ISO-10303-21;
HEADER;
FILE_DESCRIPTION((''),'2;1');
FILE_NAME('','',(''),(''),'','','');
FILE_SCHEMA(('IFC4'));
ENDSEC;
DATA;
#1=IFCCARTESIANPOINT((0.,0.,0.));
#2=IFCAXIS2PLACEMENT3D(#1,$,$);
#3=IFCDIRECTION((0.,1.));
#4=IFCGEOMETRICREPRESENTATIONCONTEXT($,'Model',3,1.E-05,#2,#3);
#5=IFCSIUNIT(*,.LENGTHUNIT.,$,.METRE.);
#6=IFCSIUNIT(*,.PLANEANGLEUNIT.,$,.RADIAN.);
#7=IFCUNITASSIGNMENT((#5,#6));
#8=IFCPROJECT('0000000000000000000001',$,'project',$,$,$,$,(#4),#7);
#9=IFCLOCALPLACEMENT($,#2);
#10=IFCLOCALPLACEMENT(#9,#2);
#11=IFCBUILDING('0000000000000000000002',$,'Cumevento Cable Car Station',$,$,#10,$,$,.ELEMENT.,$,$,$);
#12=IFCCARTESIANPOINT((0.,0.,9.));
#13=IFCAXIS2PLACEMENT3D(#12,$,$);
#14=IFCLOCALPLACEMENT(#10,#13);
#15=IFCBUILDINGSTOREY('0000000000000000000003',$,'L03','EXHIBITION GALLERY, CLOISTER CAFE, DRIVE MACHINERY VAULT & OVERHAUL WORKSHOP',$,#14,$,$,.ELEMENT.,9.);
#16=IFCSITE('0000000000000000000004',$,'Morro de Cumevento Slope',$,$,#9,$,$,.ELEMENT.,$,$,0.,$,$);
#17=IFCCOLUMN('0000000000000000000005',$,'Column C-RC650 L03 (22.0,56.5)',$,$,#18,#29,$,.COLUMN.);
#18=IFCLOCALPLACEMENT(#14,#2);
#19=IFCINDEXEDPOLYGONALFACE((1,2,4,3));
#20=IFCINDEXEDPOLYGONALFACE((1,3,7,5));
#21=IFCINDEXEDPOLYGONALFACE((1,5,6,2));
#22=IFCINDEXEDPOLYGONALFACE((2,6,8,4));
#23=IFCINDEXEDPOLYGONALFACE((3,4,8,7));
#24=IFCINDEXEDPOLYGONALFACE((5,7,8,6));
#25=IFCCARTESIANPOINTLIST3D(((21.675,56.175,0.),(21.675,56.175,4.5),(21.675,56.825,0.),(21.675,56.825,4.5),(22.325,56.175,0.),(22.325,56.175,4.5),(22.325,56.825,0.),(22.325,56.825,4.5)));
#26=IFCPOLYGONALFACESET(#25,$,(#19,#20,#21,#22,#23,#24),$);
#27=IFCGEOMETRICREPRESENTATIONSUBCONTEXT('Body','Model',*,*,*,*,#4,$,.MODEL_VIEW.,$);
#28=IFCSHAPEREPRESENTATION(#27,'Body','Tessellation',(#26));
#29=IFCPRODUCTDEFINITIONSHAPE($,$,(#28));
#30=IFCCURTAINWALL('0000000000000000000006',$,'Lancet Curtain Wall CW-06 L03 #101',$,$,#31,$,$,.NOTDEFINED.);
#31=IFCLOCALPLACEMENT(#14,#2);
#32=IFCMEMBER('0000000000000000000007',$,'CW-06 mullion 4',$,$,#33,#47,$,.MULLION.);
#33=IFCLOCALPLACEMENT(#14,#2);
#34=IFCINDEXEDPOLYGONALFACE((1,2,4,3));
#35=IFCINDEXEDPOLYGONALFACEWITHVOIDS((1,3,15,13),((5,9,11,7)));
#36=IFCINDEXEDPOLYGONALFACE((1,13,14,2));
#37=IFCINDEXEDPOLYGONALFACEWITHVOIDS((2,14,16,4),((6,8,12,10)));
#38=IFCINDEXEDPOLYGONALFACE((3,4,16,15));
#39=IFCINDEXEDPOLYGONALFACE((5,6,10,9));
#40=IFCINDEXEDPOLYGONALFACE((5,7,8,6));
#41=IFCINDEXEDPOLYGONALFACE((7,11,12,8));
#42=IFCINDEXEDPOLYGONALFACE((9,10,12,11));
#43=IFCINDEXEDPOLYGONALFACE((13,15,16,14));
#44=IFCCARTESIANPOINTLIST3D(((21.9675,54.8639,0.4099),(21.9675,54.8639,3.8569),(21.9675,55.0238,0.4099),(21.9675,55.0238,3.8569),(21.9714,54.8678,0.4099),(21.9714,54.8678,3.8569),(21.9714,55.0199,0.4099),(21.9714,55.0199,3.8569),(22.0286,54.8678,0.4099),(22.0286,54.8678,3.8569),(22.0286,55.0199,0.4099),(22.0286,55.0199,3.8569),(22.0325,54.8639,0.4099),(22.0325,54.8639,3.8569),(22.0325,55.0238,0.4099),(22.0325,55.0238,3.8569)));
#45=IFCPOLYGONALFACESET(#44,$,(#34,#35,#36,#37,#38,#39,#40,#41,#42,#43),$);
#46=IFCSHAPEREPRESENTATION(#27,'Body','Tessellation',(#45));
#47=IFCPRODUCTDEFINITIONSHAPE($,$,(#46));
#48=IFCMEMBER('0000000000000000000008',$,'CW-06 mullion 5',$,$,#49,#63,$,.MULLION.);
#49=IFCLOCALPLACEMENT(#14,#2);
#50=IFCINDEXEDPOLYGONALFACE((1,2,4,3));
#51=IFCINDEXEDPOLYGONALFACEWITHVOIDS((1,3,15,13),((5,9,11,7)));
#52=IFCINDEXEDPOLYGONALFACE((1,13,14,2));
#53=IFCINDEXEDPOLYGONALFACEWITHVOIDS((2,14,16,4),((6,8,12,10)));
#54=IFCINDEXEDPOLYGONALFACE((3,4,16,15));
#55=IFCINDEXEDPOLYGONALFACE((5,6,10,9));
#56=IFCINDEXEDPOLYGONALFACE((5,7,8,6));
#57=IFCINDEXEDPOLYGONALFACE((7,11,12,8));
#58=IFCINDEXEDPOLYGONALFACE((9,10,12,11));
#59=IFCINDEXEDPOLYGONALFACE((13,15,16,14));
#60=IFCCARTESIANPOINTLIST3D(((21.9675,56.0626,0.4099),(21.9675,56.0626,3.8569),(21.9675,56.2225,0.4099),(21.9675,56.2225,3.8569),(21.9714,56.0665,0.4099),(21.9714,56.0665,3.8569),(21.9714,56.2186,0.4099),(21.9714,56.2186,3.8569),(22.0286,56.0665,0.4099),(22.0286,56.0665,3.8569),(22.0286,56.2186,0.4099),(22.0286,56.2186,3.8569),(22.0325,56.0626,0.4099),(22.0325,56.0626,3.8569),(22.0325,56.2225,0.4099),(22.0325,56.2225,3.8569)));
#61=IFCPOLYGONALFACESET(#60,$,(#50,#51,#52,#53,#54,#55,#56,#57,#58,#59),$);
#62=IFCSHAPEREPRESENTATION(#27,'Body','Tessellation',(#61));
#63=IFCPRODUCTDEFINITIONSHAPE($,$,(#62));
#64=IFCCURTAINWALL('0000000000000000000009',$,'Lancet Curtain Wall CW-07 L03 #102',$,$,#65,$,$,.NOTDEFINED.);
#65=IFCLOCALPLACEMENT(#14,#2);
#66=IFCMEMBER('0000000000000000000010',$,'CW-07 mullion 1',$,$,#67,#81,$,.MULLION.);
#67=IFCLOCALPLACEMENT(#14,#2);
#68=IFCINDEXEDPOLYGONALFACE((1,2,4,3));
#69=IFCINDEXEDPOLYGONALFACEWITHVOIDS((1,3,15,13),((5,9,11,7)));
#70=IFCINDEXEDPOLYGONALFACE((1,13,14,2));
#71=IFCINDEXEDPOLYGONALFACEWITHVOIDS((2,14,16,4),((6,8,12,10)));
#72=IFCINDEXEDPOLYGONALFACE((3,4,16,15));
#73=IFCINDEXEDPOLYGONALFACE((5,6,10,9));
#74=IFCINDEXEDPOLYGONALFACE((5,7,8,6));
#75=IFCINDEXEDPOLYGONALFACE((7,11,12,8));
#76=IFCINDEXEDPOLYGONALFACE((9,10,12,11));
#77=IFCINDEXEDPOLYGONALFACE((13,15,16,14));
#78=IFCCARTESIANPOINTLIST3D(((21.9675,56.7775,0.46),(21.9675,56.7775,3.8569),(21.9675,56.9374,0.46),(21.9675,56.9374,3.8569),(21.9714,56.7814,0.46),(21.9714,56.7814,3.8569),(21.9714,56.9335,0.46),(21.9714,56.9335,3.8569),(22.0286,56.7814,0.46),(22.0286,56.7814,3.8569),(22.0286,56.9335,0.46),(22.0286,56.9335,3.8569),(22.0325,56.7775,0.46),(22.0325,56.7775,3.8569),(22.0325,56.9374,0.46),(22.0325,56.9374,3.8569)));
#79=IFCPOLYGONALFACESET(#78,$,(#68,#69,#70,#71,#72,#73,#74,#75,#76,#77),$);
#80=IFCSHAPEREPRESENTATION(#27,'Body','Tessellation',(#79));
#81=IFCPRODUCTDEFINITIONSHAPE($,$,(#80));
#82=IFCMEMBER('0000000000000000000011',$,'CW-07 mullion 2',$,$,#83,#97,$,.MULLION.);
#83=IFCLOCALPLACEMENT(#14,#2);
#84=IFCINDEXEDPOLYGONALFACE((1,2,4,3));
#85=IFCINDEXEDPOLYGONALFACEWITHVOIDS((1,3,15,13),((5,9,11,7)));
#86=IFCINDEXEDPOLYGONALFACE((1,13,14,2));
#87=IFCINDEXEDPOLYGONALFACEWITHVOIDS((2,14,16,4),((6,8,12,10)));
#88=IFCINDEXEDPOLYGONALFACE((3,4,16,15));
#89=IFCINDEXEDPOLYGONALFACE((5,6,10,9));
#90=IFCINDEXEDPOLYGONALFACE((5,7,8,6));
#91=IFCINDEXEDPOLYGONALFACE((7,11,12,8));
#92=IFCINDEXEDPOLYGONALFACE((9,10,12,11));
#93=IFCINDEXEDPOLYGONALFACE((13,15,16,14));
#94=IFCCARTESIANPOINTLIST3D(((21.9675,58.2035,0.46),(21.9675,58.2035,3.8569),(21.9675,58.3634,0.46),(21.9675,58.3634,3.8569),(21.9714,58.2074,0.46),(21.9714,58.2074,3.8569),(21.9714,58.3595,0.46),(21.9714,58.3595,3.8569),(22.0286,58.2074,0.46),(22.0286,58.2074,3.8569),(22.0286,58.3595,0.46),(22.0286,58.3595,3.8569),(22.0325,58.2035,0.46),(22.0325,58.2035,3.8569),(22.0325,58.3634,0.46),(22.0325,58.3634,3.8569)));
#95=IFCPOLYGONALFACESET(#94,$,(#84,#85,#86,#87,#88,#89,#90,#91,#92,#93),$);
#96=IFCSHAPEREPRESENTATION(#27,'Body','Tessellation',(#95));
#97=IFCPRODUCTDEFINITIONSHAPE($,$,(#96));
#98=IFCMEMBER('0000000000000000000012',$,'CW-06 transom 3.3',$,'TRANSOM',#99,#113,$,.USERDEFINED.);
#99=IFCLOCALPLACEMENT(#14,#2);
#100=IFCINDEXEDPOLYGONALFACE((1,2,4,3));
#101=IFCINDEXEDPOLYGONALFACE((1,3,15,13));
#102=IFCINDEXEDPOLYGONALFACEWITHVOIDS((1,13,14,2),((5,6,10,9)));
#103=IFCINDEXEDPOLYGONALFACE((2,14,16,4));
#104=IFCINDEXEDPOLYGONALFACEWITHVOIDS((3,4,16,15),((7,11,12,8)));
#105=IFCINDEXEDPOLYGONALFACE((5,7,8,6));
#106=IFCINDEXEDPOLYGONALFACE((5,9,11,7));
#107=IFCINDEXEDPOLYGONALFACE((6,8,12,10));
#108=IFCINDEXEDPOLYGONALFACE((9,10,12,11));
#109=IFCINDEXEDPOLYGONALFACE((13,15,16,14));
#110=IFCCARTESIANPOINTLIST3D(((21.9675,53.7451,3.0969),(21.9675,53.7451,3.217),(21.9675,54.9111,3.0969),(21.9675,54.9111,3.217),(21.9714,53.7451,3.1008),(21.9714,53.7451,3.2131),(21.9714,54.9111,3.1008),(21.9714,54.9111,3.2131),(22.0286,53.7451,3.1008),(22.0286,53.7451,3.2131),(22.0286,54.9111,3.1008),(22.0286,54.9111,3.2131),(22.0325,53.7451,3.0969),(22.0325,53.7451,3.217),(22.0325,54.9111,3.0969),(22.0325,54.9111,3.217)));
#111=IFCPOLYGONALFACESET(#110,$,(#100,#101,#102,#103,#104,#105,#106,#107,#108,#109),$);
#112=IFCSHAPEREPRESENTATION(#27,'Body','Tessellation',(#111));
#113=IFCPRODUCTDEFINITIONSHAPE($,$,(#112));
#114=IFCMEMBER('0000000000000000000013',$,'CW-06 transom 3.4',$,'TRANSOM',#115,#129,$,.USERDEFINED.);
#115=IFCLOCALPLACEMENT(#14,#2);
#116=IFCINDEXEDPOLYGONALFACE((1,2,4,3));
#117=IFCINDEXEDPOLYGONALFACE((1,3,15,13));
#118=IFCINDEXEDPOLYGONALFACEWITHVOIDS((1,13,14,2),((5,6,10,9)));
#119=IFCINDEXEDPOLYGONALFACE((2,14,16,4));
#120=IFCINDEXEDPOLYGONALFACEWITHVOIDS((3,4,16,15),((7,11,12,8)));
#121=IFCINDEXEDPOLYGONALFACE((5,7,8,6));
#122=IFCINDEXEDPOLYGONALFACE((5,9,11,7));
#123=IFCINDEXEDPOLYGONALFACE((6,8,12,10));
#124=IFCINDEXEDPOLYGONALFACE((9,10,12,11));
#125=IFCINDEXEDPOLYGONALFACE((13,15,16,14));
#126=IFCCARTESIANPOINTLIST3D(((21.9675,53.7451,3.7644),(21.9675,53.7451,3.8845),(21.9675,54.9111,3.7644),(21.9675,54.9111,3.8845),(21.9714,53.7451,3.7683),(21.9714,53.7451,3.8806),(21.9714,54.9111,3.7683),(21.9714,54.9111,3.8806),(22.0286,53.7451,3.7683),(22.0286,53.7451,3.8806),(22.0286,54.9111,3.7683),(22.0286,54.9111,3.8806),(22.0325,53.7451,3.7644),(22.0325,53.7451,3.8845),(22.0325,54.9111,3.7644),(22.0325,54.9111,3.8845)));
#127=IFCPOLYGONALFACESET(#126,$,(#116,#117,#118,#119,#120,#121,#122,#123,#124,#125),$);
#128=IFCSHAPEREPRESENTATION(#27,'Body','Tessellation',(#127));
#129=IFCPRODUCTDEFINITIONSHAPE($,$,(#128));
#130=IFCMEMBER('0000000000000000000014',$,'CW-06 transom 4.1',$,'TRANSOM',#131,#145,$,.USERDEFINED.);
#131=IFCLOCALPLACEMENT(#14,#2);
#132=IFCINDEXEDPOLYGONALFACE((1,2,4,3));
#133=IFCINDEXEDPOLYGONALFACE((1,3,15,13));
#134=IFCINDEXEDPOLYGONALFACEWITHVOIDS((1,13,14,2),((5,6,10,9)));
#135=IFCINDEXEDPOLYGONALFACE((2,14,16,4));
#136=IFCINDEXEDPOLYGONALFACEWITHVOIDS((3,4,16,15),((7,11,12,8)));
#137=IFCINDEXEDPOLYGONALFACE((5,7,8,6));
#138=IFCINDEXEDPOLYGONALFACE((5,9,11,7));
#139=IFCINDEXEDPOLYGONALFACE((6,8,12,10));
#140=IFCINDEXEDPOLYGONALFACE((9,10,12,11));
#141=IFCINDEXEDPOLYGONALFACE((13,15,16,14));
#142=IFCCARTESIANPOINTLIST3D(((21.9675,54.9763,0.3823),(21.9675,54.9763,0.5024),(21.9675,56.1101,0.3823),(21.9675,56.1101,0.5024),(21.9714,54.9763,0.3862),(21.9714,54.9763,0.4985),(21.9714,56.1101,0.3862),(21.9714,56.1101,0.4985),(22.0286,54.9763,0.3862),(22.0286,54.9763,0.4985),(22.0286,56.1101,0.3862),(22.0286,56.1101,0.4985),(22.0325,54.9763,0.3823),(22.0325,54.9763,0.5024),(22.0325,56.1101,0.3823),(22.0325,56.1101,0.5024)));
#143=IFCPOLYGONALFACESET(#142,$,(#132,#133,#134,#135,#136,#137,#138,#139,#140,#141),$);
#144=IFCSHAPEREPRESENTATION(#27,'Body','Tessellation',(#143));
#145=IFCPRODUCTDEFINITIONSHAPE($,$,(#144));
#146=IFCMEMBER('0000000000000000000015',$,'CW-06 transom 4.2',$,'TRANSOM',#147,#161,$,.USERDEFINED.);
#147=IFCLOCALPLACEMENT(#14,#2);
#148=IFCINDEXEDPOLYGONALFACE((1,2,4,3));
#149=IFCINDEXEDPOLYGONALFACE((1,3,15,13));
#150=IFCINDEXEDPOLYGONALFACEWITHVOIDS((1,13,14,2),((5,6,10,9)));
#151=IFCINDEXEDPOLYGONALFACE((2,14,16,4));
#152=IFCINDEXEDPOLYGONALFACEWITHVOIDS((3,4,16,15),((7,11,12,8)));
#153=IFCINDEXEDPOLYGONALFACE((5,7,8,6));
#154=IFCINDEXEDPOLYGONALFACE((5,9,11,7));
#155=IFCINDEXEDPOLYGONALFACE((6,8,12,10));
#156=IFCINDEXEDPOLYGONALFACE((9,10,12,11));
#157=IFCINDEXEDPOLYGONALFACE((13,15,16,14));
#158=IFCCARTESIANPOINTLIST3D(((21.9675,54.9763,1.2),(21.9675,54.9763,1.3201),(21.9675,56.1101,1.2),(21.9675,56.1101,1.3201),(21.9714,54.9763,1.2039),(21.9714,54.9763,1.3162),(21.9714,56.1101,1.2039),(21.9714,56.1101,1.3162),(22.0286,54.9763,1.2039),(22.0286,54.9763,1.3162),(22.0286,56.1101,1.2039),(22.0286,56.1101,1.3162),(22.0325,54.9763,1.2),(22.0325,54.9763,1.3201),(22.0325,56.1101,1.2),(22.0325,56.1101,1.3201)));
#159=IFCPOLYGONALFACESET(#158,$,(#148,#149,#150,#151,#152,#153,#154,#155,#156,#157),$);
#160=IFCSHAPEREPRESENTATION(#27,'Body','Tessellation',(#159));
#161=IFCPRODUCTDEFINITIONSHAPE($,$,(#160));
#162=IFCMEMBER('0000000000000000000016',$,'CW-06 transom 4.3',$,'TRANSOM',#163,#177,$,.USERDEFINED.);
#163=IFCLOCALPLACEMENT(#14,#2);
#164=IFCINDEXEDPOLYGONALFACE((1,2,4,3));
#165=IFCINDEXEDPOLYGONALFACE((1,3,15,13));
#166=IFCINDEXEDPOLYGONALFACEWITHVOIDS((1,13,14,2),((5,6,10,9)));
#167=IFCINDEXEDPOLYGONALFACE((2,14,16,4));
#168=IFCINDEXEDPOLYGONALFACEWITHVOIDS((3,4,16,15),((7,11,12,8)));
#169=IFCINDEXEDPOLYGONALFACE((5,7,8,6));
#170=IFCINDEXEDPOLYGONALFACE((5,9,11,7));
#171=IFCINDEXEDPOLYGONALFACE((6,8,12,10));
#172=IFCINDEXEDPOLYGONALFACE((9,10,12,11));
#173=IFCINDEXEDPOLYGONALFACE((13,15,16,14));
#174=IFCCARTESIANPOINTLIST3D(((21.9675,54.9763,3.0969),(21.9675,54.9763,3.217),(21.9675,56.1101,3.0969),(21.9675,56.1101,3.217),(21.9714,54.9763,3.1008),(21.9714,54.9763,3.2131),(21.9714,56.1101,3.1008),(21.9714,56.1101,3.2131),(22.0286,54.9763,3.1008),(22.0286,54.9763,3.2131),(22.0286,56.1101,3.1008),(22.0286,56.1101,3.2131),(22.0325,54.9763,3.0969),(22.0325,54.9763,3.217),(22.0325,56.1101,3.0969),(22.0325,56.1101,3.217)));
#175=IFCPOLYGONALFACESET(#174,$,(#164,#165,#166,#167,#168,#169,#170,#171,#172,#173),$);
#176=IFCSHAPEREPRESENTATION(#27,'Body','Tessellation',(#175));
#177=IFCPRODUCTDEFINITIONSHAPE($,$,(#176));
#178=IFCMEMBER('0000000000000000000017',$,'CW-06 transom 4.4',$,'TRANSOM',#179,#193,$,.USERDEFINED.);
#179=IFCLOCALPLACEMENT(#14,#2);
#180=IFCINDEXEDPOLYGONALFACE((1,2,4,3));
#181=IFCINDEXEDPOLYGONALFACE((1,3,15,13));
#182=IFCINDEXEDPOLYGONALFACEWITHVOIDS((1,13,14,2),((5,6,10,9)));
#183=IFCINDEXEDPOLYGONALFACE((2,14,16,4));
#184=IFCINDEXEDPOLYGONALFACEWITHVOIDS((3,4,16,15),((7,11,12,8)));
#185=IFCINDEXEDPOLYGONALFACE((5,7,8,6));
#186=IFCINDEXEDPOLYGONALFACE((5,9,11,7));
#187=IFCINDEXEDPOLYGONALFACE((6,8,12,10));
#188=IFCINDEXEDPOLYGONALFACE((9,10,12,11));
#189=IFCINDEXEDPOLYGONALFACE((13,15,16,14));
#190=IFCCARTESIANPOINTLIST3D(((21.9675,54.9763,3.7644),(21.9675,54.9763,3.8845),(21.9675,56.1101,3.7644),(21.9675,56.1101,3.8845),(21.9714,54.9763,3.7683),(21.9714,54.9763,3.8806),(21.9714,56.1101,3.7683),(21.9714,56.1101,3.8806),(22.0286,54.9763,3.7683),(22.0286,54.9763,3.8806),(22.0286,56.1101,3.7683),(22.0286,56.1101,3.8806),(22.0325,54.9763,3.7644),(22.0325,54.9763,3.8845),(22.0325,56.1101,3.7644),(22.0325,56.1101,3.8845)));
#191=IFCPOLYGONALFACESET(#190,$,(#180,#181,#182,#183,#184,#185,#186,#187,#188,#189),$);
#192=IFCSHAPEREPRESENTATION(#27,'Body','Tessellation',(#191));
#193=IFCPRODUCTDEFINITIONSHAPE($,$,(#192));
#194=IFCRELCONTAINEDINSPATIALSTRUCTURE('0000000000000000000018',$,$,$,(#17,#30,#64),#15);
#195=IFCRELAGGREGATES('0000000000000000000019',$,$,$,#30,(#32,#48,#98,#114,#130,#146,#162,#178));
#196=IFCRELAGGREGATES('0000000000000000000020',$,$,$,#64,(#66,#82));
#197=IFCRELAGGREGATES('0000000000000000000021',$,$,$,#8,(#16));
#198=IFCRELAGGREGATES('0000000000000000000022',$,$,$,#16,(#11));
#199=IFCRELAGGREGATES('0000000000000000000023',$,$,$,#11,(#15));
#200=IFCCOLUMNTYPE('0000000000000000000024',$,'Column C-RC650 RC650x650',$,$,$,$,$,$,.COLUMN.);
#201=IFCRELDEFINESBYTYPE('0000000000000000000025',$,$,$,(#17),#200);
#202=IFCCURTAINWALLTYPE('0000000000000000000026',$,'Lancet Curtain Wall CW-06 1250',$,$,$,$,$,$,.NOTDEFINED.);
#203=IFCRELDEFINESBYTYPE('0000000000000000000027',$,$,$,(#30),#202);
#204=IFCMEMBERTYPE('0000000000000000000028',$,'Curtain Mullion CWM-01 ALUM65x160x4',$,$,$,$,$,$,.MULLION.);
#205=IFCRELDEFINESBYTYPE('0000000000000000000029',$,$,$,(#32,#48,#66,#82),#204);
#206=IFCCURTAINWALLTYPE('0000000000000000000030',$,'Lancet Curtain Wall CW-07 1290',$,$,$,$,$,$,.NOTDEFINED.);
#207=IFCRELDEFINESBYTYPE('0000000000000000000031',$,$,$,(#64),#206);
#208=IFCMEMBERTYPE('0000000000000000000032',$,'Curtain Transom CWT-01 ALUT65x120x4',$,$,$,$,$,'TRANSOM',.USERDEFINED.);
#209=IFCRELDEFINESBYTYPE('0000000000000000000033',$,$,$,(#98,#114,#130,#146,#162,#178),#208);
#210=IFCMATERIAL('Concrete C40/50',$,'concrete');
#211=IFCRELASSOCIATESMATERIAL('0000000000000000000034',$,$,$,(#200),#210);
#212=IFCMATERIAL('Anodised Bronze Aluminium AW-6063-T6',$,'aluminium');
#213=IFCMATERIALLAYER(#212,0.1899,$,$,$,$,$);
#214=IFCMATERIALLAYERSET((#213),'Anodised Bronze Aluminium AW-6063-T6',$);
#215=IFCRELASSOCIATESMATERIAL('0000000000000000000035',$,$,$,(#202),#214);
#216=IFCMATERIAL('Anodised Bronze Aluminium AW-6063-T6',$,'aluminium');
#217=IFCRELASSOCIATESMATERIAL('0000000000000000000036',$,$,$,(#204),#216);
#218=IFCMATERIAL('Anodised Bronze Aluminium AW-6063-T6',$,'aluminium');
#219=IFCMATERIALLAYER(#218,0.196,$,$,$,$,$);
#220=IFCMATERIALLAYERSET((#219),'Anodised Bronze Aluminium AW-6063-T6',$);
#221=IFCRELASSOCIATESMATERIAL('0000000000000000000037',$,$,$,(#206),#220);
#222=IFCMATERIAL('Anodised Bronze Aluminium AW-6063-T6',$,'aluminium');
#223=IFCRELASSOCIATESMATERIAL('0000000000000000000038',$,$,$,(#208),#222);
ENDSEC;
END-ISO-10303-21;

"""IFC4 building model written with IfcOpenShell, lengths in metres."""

from ifc_helpers import new_model, si_unit, direction, frame, origin, origin_2d, place, context, subcontext, project, spatial, rectangle, hollow_rectangle, extrude, material, layer, layer_set, material_profile, profile_set, type_object, element, aggregate, save


model = new_model("IFC4")

# Units and contexts
model_context = context("Model", 3, precision=1e-05, world=origin(), true_north=direction((0.0, 1.0)))
body_context = subcontext(model_context, "Body", "Model", "MODEL_VIEW")
ifc_project = project(units=[si_unit("LENGTHUNIT", "METRE"), si_unit("PLANEANGLEUNIT", "RADIAN")], contexts=[model_context])

# Site, building, storey
site_placement = place(None, origin())
site = spatial("IfcSite", under=ifc_project, at=site_placement, Name="Morro de Cumevento Slope", CompositionType="ELEMENT", RefElevation=0.0)
building_placement = place(site_placement, origin())
building = spatial("IfcBuilding", under=site, at=building_placement, Name="Cumevento Cable Car Station", CompositionType="ELEMENT")
storey_placement = place(building_placement, frame((0.0, 0.0, 9.0)))
storey = spatial("IfcBuildingStorey", under=building, at=storey_placement, Name="L03", Description="EXHIBITION GALLERY, CLOISTER CAFE, DRIVE MACHINERY VAULT & OVERHAUL WORKSHOP", CompositionType="ELEMENT", Elevation=9.0)

# Column
ifc_material_1 = material(Name="Concrete C40/50", Category="concrete")
ifc_material_profile_1 = material_profile(ifc_material_1, rectangle(XDim=0.6499, YDim=0.6499, at=origin_2d()), Name="RC650x650")
ifc_profile_set_1 = profile_set([ifc_material_profile_1], Name="Concrete C40/50")
column_type = type_object("IfcColumnType", Name="Column C-RC650 RC650x650", PredefinedType="COLUMN", material=ifc_profile_set_1)
column_placement = place(storey_placement, frame((22.0, 56.5, 0.0), z_axis=(0.0, 0.0, 1.0), x_axis=(1.0, 0.0, 0.0)))
element("IfcColumn", 1, at=column_placement, inside=storey, type_object=column_type, Name="Column C-RC650 L03 (22.0,56.5)", PredefinedType="COLUMN", context=body_context, shape_type="SweptSolid", body=[
    extrude(rectangle(XDim=0.6499, YDim=0.6499, at=origin_2d()), origin(), (0.0, 0.0, 1.0), 4.5),
])

# Curtain walls, members
ifc_material_2 = material(Name="Anodised Bronze Aluminium AW-6063-T6", Category="aluminium")
ifc_layer_1 = layer(ifc_material_2, 0.1899)
ifc_layer_set_1 = layer_set([ifc_layer_1], Name="Anodised Bronze Aluminium AW-6063-T6")
curtain_wall_type_1 = type_object("IfcCurtainWallType", Name="Lancet Curtain Wall CW-06 1250", PredefinedType="NOTDEFINED", material=ifc_layer_set_1)
curtain_wall_1_placement = place(storey_placement, origin())
curtain_wall_1 = element("IfcCurtainWall", 2, at=curtain_wall_1_placement, inside=storey, type_object=curtain_wall_type_1, Name="Lancet Curtain Wall CW-06 L03 #101", PredefinedType="NOTDEFINED")
ifc_material_3 = material(Name="Anodised Bronze Aluminium AW-6063-T6", Category="aluminium")
ifc_material_profile_2 = material_profile(ifc_material_3, hollow_rectangle(XDim=0.0649, YDim=0.1599, WallThickness=0.0039, at=origin_2d()), Name="ALUM65x160x4")
ifc_profile_set_2 = profile_set([ifc_material_profile_2], Name="Anodised Bronze Aluminium AW-6063-T6")
member_type_1 = type_object("IfcMemberType", Name="Curtain Mullion CWM-01 ALUM65x160x4", PredefinedType="MULLION", material=ifc_profile_set_2)
member_1_placement = place(storey_placement, frame((22.0, 54.9438, 0.4099), z_axis=(0.0, 0.0, 1.0), x_axis=(-1.0, 0.0, 0.0)))
member_1 = element("IfcMember", 3, at=member_1_placement, type_object=member_type_1, Name="CW-06 mullion 4", PredefinedType="MULLION", context=body_context, shape_type="SweptSolid", body=[
    extrude(hollow_rectangle(XDim=0.0649, YDim=0.1599, WallThickness=0.0039, at=origin_2d()), origin(), (0.0, 0.0, 1.0), 3.447),
])
member_2_placement = place(storey_placement, frame((22.0, 56.1426, 0.4099), z_axis=(0.0, 0.0, 1.0), x_axis=(-1.0, 0.0, 0.0)))
member_2 = element("IfcMember", 4, at=member_2_placement, type_object=member_type_1, Name="CW-06 mullion 5", PredefinedType="MULLION", context=body_context, shape_type="SweptSolid", body=[
    extrude(hollow_rectangle(XDim=0.0649, YDim=0.1599, WallThickness=0.0039, at=origin_2d()), origin(), (0.0, 0.0, 1.0), 3.447),
])
ifc_material_4 = material(Name="Anodised Bronze Aluminium AW-6063-T6", Category="aluminium")
ifc_layer_2 = layer(ifc_material_4, 0.196)
ifc_layer_set_2 = layer_set([ifc_layer_2], Name="Anodised Bronze Aluminium AW-6063-T6")
curtain_wall_type_2 = type_object("IfcCurtainWallType", Name="Lancet Curtain Wall CW-07 1290", PredefinedType="NOTDEFINED", material=ifc_layer_set_2)
curtain_wall_2_placement = place(storey_placement, origin())
curtain_wall_2 = element("IfcCurtainWall", 5, at=curtain_wall_2_placement, inside=storey, type_object=curtain_wall_type_2, Name="Lancet Curtain Wall CW-07 L03 #102", PredefinedType="NOTDEFINED")
member_3_placement = place(storey_placement, frame((22.0, 56.8574, 0.46), z_axis=(0.0, 0.0, 1.0), x_axis=(-1.0, 0.0, 0.0)))
member_3 = element("IfcMember", 6, at=member_3_placement, type_object=member_type_1, Name="CW-07 mullion 1", PredefinedType="MULLION", context=body_context, shape_type="SweptSolid", body=[
    extrude(hollow_rectangle(XDim=0.0649, YDim=0.1599, WallThickness=0.0039, at=origin_2d()), origin(), (0.0, 0.0, 1.0), 3.397),
])
member_4_placement = place(storey_placement, frame((22.0, 58.2834, 0.46), z_axis=(0.0, 0.0, 1.0), x_axis=(-1.0, 0.0, 0.0)))
member_4 = element("IfcMember", 7, at=member_4_placement, type_object=member_type_1, Name="CW-07 mullion 2", PredefinedType="MULLION", context=body_context, shape_type="SweptSolid", body=[
    extrude(hollow_rectangle(XDim=0.0649, YDim=0.1599, WallThickness=0.0039, at=origin_2d()), origin(), (0.0, 0.0, 1.0), 3.397),
])

# Members
ifc_material_5 = material(Name="Anodised Bronze Aluminium AW-6063-T6", Category="aluminium")
ifc_material_profile_3 = material_profile(ifc_material_5, hollow_rectangle(XDim=0.0649, YDim=0.1201, WallThickness=0.0039, at=origin_2d()), Name="ALUT65x120x4")
ifc_profile_set_3 = profile_set([ifc_material_profile_3], Name="Anodised Bronze Aluminium AW-6063-T6")
member_type_2 = type_object("IfcMemberType", Name="Curtain Transom CWT-01 ALUT65x120x4", ElementType="TRANSOM", PredefinedType="USERDEFINED", material=ifc_profile_set_3)
member_5_placement = place(storey_placement, frame((22.0, 53.7451, 3.157), z_axis=(0.0, 1.0, 0.0), x_axis=(-1.0, 0.0, 0.0)))
member_5 = element("IfcMember", 8, at=member_5_placement, type_object=member_type_2, Name="CW-06 transom 3.3", ObjectType="TRANSOM", PredefinedType="USERDEFINED", context=body_context, shape_type="SweptSolid", body=[
    extrude(hollow_rectangle(XDim=0.0649, YDim=0.1201, WallThickness=0.0039, at=origin_2d()), origin(), (0.0, 0.0, 1.0), 1.166),
])
member_6_placement = place(storey_placement, frame((22.0, 53.7451, 3.8245), z_axis=(0.0, 1.0, 0.0), x_axis=(-1.0, 0.0, 0.0)))
member_6 = element("IfcMember", 9, at=member_6_placement, type_object=member_type_2, Name="CW-06 transom 3.4", ObjectType="TRANSOM", PredefinedType="USERDEFINED", context=body_context, shape_type="SweptSolid", body=[
    extrude(hollow_rectangle(XDim=0.0649, YDim=0.1201, WallThickness=0.0039, at=origin_2d()), origin(), (0.0, 0.0, 1.0), 1.166),
])
member_7_placement = place(storey_placement, frame((22.0, 54.9763, 0.4424), z_axis=(0.0, 1.0, 0.0), x_axis=(-1.0, 0.0, 0.0)))
member_7 = element("IfcMember", 10, at=member_7_placement, type_object=member_type_2, Name="CW-06 transom 4.1", ObjectType="TRANSOM", PredefinedType="USERDEFINED", context=body_context, shape_type="SweptSolid", body=[
    extrude(hollow_rectangle(XDim=0.0649, YDim=0.1201, WallThickness=0.0039, at=origin_2d()), origin(), (0.0, 0.0, 1.0), 1.1338),
])
member_8_placement = place(storey_placement, frame((22.0, 54.9763, 1.26), z_axis=(0.0, 1.0, 0.0), x_axis=(-1.0, 0.0, 0.0)))
member_8 = element("IfcMember", 11, at=member_8_placement, type_object=member_type_2, Name="CW-06 transom 4.2", ObjectType="TRANSOM", PredefinedType="USERDEFINED", context=body_context, shape_type="SweptSolid", body=[
    extrude(hollow_rectangle(XDim=0.0649, YDim=0.1201, WallThickness=0.0039, at=origin_2d()), origin(), (0.0, 0.0, 1.0), 1.1338),
])
member_9_placement = place(storey_placement, frame((22.0, 54.9763, 3.157), z_axis=(0.0, 1.0, 0.0), x_axis=(-1.0, 0.0, 0.0)))
member_9 = element("IfcMember", 12, at=member_9_placement, type_object=member_type_2, Name="CW-06 transom 4.3", ObjectType="TRANSOM", PredefinedType="USERDEFINED", context=body_context, shape_type="SweptSolid", body=[
    extrude(hollow_rectangle(XDim=0.0649, YDim=0.1201, WallThickness=0.0039, at=origin_2d()), origin(), (0.0, 0.0, 1.0), 1.1338),
])
member_10_placement = place(storey_placement, frame((22.0, 54.9763, 3.8245), z_axis=(0.0, 1.0, 0.0), x_axis=(-1.0, 0.0, 0.0)))
member_10 = element("IfcMember", 13, at=member_10_placement, type_object=member_type_2, Name="CW-06 transom 4.4", ObjectType="TRANSOM", PredefinedType="USERDEFINED", context=body_context, shape_type="SweptSolid", body=[
    extrude(hollow_rectangle(XDim=0.0649, YDim=0.1201, WallThickness=0.0039, at=origin_2d()), origin(), (0.0, 0.0, 1.0), 1.1338),
])

aggregate(curtain_wall_1, [member_1, member_2, member_5, member_6, member_7, member_8, member_9, member_10])
aggregate(curtain_wall_2, [member_3, member_4])

save(model, "model.ifc")
